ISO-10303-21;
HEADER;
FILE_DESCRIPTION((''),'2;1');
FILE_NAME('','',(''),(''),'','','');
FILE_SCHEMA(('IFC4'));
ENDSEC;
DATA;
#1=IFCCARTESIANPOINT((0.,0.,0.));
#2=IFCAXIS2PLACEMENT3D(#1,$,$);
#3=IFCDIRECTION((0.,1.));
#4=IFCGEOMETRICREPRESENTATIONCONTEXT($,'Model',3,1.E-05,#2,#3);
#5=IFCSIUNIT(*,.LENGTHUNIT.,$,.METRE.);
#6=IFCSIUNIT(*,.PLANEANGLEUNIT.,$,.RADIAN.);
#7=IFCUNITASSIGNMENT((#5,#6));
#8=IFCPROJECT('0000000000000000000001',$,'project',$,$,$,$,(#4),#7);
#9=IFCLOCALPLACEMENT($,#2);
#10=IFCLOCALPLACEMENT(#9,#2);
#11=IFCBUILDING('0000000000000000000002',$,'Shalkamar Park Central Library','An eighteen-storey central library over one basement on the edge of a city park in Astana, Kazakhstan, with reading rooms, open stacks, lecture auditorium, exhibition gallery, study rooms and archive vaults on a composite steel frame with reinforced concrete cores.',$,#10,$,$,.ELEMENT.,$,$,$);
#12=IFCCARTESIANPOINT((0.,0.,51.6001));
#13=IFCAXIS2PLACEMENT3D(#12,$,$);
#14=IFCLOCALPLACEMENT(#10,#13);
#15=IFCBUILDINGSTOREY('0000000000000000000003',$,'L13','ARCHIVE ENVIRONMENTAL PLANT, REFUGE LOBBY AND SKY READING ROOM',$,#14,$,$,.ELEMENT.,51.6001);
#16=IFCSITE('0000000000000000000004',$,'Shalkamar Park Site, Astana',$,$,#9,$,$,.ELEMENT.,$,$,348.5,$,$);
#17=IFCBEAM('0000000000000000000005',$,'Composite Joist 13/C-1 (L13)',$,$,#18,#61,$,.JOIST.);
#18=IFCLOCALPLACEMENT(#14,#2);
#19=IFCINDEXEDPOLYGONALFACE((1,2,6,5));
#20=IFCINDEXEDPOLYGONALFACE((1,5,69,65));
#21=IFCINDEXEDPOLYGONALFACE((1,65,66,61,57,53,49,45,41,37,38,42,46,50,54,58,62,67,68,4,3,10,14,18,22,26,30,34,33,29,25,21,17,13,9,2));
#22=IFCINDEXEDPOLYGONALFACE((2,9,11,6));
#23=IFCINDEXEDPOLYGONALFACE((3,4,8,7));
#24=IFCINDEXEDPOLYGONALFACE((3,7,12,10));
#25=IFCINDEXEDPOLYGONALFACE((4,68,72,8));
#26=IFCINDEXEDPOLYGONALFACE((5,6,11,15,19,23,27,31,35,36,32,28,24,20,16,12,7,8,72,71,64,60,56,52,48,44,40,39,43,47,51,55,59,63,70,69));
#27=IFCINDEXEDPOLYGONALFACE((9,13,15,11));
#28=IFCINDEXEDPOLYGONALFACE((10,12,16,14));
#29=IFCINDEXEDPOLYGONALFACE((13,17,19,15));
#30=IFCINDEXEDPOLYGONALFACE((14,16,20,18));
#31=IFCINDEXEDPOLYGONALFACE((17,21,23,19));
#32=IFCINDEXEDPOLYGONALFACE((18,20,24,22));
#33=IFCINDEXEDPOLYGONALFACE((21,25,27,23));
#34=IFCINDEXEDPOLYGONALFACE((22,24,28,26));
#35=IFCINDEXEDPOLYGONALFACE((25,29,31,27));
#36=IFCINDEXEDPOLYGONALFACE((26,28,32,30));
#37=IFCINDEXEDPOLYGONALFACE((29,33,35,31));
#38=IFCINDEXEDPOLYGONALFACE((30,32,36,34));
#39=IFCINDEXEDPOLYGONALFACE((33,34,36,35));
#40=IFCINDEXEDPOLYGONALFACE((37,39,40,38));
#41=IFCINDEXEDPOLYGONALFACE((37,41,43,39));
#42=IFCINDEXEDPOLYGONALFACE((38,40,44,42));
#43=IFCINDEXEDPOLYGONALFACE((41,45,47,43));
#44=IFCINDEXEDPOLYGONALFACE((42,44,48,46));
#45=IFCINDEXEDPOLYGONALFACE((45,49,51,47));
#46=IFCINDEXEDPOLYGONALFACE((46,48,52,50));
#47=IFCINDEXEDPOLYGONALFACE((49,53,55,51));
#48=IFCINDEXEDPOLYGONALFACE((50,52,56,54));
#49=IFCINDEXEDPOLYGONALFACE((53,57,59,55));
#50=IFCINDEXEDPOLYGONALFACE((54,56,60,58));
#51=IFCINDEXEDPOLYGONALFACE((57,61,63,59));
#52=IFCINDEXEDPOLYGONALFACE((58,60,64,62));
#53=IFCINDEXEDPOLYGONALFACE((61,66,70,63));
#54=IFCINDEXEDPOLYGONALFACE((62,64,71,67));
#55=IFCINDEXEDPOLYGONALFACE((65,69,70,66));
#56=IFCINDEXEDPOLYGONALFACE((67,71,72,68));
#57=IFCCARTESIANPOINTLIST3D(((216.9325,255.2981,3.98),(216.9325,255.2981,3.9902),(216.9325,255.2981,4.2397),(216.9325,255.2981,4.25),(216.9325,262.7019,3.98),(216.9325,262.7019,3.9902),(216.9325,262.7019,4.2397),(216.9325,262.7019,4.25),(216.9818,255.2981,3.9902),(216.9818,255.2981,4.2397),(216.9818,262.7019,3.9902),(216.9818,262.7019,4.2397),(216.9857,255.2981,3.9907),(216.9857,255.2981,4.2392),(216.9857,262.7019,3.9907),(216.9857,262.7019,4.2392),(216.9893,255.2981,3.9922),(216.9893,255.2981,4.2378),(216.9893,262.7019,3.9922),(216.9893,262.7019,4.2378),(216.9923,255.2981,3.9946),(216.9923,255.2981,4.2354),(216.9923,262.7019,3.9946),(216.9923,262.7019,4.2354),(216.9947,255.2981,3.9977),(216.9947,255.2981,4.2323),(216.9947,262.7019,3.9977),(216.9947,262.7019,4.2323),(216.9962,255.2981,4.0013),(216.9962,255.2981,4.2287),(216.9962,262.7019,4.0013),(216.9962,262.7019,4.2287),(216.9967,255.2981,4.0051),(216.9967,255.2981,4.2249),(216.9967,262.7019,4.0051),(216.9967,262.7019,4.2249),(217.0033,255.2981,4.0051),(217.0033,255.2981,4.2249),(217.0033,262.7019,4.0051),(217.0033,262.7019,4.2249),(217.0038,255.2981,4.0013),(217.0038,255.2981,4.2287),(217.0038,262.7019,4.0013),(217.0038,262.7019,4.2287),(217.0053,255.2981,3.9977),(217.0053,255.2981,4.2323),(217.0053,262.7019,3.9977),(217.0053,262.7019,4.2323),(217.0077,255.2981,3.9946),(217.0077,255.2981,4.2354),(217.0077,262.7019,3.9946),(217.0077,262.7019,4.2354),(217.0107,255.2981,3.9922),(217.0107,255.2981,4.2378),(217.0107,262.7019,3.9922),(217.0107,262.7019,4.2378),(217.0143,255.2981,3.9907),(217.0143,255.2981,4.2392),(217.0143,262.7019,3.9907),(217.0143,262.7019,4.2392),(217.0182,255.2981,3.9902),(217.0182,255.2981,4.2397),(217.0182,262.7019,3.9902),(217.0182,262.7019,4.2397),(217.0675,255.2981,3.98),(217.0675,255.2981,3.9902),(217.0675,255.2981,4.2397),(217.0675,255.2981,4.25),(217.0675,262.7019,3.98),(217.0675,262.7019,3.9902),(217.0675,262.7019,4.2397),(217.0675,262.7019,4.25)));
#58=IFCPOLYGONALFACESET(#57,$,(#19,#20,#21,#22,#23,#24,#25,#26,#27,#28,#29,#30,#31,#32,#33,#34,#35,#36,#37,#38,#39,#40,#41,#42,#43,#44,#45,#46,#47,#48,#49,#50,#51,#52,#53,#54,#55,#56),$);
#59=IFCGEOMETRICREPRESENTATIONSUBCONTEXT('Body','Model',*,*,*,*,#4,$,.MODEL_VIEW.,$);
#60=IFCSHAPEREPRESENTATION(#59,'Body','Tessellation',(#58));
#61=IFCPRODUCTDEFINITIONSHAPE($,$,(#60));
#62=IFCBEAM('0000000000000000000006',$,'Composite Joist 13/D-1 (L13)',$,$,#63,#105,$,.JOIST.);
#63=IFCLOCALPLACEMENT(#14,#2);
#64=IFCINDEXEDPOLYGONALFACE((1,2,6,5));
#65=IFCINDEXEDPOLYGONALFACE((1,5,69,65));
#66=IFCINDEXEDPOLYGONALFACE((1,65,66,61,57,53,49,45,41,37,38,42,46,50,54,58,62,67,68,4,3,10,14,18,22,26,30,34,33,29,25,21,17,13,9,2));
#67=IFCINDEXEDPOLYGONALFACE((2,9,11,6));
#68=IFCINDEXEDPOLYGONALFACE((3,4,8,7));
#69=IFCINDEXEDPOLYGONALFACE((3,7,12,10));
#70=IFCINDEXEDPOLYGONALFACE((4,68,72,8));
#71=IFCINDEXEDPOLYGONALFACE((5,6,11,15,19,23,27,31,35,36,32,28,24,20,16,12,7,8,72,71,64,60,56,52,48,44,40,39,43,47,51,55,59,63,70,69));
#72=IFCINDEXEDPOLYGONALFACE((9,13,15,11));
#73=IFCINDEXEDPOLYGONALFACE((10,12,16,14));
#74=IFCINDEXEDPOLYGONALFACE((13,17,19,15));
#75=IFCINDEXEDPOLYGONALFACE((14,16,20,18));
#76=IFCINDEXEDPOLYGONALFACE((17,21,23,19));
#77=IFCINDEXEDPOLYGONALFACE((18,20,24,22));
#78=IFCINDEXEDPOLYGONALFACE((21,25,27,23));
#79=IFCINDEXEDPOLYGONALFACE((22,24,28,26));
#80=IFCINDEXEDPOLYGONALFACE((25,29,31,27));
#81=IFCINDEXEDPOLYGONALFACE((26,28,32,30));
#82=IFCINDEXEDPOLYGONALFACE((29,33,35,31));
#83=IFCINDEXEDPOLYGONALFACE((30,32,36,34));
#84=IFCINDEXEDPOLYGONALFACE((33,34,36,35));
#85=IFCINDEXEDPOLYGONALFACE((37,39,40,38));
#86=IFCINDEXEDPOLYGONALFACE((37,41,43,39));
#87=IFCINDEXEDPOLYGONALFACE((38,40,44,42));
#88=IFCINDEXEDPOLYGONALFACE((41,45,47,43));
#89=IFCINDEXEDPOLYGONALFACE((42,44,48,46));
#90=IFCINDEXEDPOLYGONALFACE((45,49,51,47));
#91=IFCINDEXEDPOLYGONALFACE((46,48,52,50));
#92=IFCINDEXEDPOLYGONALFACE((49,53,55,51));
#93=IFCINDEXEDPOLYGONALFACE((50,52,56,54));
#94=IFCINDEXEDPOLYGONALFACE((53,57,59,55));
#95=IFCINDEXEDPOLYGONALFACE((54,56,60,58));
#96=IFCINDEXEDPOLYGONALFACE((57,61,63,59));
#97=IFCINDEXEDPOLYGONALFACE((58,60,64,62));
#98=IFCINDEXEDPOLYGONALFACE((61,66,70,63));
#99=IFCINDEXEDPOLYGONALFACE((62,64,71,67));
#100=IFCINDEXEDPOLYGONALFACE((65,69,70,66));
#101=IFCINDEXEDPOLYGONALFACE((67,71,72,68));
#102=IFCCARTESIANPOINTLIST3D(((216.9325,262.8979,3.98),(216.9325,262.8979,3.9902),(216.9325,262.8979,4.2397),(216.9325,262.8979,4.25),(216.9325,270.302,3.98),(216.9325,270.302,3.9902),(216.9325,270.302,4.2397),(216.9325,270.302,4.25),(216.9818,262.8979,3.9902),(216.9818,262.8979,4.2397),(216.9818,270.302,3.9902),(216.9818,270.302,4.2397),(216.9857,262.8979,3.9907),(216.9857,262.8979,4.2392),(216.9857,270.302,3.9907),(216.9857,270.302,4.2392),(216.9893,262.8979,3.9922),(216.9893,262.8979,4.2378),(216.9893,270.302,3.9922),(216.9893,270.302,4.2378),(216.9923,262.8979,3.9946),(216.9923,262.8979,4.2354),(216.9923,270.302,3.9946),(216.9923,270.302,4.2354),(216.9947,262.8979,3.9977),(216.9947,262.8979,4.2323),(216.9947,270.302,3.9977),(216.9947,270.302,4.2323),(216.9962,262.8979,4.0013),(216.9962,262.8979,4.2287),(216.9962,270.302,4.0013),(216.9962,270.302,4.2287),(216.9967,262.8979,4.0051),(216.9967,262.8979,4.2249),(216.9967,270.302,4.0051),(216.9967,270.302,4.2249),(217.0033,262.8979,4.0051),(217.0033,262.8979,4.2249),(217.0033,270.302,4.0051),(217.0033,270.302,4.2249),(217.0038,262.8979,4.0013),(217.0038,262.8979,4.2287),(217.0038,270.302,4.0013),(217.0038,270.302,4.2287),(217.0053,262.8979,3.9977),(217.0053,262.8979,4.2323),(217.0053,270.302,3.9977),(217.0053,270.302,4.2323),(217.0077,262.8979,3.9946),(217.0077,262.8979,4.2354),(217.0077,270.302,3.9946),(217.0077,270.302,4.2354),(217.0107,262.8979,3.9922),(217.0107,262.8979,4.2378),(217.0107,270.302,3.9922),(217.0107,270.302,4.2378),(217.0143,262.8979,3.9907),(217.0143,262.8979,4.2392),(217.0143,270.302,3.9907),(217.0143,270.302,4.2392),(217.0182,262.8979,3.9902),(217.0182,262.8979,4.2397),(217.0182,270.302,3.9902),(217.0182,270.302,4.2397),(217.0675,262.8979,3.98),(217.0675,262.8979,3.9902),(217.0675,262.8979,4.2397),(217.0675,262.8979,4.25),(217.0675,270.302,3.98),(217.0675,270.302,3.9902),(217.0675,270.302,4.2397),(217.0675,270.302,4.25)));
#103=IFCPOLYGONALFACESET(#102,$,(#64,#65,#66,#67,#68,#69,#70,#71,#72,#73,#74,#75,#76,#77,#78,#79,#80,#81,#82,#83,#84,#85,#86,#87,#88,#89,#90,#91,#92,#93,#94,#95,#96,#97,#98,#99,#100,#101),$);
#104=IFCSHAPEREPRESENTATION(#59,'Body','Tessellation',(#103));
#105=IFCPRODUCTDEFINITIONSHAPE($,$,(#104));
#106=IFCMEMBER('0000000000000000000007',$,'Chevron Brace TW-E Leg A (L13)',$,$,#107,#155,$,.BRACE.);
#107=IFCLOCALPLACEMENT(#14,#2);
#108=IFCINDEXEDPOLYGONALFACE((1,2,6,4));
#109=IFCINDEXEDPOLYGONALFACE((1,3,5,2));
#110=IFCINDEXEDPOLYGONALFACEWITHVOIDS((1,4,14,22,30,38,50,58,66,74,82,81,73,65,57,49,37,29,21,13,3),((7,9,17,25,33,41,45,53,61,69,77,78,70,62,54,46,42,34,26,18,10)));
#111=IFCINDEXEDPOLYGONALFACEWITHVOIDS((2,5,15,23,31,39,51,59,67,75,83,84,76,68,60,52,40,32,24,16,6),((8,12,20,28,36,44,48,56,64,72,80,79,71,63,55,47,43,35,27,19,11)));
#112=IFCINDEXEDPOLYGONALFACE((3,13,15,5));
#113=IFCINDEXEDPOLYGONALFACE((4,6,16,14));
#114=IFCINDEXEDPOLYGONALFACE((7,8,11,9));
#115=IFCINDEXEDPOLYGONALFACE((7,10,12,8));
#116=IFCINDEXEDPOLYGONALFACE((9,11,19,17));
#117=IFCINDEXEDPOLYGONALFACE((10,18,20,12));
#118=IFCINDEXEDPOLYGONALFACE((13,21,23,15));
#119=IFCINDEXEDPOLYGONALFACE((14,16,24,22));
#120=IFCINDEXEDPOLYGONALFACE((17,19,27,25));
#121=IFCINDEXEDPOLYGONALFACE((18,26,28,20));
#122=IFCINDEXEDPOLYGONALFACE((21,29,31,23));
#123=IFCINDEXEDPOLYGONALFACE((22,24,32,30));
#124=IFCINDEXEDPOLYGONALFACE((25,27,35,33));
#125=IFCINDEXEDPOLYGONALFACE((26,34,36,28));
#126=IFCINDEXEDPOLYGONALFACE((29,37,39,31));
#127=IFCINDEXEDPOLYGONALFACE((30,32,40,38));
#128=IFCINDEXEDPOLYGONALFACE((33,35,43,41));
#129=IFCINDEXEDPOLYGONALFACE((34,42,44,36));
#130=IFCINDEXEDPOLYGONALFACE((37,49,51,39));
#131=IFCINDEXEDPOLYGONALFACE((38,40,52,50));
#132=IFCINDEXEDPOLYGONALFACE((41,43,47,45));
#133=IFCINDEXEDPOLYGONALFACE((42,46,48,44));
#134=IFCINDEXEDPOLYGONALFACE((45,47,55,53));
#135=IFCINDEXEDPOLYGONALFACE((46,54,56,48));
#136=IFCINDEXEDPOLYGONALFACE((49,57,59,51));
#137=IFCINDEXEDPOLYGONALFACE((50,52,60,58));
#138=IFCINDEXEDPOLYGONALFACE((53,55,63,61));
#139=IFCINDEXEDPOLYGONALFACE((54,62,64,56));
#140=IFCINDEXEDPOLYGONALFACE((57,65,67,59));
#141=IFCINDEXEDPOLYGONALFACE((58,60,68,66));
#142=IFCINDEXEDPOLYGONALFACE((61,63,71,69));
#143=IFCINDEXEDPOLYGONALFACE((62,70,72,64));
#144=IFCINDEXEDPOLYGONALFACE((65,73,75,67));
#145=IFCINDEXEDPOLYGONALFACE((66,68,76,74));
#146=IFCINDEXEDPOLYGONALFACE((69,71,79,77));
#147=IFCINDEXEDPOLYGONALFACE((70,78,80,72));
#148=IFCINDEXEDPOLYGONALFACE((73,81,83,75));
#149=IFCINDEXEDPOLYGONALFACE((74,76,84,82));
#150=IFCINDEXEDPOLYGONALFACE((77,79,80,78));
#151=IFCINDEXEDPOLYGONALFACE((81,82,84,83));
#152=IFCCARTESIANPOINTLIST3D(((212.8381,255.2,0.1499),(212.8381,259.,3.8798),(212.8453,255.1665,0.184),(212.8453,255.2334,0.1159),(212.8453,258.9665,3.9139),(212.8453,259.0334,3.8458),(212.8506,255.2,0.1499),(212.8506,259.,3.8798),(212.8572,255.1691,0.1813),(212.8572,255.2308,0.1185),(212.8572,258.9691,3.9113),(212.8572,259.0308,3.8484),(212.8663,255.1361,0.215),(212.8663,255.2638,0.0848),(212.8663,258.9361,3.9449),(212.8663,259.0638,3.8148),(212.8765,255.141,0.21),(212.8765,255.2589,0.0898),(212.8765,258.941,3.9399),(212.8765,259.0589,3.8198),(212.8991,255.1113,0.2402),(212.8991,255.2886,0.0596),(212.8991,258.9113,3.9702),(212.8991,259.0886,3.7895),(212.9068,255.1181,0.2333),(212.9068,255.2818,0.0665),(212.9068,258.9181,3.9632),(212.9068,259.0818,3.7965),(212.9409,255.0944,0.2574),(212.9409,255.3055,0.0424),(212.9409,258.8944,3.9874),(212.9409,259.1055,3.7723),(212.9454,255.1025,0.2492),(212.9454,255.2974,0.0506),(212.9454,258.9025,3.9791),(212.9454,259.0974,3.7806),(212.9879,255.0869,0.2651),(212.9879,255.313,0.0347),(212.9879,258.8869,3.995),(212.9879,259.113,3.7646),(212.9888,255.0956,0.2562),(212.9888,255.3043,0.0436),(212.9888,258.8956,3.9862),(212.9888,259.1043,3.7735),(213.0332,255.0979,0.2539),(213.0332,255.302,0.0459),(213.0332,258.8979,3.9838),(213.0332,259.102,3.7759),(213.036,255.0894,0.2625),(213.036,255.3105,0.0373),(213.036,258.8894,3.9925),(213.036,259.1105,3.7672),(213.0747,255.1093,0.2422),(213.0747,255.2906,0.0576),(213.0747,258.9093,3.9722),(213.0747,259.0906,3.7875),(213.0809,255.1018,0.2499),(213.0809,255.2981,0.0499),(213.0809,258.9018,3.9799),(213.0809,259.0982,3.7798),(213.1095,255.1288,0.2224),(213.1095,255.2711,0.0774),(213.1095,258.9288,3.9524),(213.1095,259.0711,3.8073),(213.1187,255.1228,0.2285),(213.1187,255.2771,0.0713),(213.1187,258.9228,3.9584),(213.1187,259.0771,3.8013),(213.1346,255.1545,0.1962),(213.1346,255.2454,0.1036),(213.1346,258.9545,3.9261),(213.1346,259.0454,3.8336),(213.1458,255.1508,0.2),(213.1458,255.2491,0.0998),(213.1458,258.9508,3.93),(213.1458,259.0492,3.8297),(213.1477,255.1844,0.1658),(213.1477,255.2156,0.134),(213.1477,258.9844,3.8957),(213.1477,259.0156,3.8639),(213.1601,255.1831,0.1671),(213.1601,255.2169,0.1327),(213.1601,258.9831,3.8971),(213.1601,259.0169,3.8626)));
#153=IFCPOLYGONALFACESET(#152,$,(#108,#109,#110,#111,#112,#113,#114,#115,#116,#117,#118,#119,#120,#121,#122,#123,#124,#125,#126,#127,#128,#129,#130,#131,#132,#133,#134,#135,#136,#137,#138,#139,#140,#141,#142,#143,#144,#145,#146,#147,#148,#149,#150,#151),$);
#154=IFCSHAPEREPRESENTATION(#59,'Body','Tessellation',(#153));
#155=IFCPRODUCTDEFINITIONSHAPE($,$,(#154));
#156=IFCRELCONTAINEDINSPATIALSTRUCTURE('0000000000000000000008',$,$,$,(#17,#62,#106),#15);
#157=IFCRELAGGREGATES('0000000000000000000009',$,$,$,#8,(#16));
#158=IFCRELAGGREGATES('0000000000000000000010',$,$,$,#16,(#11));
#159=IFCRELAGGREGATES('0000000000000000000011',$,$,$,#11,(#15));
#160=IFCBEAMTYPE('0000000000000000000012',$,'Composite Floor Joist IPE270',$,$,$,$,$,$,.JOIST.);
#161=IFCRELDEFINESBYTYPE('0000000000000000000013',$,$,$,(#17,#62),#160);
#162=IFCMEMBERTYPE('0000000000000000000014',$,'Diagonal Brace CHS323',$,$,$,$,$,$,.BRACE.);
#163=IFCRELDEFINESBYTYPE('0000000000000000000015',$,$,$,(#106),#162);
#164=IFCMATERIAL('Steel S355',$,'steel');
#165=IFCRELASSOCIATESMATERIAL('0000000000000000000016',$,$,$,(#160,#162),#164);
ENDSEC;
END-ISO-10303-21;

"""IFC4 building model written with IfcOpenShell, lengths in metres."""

from ifc_helpers import new_model, si_unit, direction, frame, origin, origin_2d, place, context, subcontext, project, spatial, hollow_circle, i_section, extrude, material, material_profile, profile_set, type_object, element, save


model = new_model("IFC4")

# Units and contexts
model_context = context("Model", 3, precision=1e-05, world=origin(), true_north=direction((0.0, 1.0)))
body_context = subcontext(model_context, "Body", "Model", "MODEL_VIEW")
ifc_project = project(units=[si_unit("LENGTHUNIT", "METRE"), si_unit("PLANEANGLEUNIT", "RADIAN")], contexts=[model_context])

# Site, building, storey
site_placement = place(None, origin())
site = spatial("IfcSite", under=ifc_project, at=site_placement, Name="Shalkamar Park Site, Astana", CompositionType="ELEMENT", RefElevation=348.5)
building_placement = place(site_placement, origin())
building = spatial("IfcBuilding", under=site, at=building_placement, Name="Shalkamar Park Central Library", Description="An eighteen-storey central library over one basement on the edge of a city park in Astana, Kazakhstan, with reading rooms, open stacks, lecture auditorium, exhibition gallery, study rooms and archive vaults on a composite steel frame with reinforced concrete cores.", CompositionType="ELEMENT")
storey_placement = place(building_placement, frame((0.0, 0.0, 51.6001)))
storey = spatial("IfcBuildingStorey", under=building, at=storey_placement, Name="L13", Description="ARCHIVE ENVIRONMENTAL PLANT, REFUGE LOBBY AND SKY READING ROOM", CompositionType="ELEMENT", Elevation=51.6001)

# Shared definitions
ifc_material_1 = material(Name="Steel S355", Category="steel")

# Beams
ifc_material_profile_1 = material_profile(ifc_material_1, i_section(OverallWidth=0.135, OverallDepth=0.27, WebThickness=0.0066, FlangeThickness=0.0103, FilletRadius=0.0149, at=origin_2d()), Name="IPE 270")
ifc_profile_set_1 = profile_set([ifc_material_profile_1], Name="Steel S355")
beam_type_1 = type_object("IfcBeamType", Name="Composite Floor Joist IPE270", PredefinedType="JOIST", material=ifc_profile_set_1)
beam_1_placement = place(storey_placement, frame((217.0, 255.2981, 4.115), z_axis=(0.0, 1.0, 0.0), x_axis=(-1.0, 0.0, 0.0)))
element("IfcBeam", 1, at=beam_1_placement, inside=storey, type_object=beam_type_1, Name="Composite Joist 13/C-1 (L13)", PredefinedType="JOIST", context=body_context, shape_type="SweptSolid", body=[
    extrude(i_section(OverallWidth=0.135, OverallDepth=0.27, WebThickness=0.0066, FlangeThickness=0.0103, FilletRadius=0.0149, at=origin_2d()), origin(), (0.0, 0.0, 1.0), 7.4038),
])
beam_2_placement = place(storey_placement, frame((217.0, 262.8979, 4.115), z_axis=(0.0, 1.0, 0.0), x_axis=(-1.0, 0.0, 0.0)))
element("IfcBeam", 2, at=beam_2_placement, inside=storey, type_object=beam_type_1, Name="Composite Joist 13/D-1 (L13)", PredefinedType="JOIST", context=body_context, shape_type="SweptSolid", body=[
    extrude(i_section(OverallWidth=0.135, OverallDepth=0.27, WebThickness=0.0066, FlangeThickness=0.0103, FilletRadius=0.0149, at=origin_2d()), origin(), (0.0, 0.0, 1.0), 7.4041),
])

# Member
ifc_material_profile_2 = material_profile(ifc_material_1, hollow_circle(Radius=0.1619, WallThickness=0.0125, at=origin_2d()), Name="CHS 323.9x12.5")
ifc_profile_set_2 = profile_set([ifc_material_profile_2], Name="Steel S355")
member_type = type_object("IfcMemberType", Name="Diagonal Brace CHS323", PredefinedType="BRACE", material=ifc_profile_set_2)
for number, where, z_axis, x_axis, name in (
    (3, (213.0, 255.2, 0.1499), (0.0, 0.713656, 0.700497), (-1.0, 0.0, 0.0), "Chevron Brace TW-E Leg A (L13)"),
):
    element("IfcMember", number, at=place(storey_placement, frame(where, z_axis=z_axis, x_axis=x_axis)), inside=storey, type_object=member_type, Name=name, PredefinedType="BRACE", context=body_context, shape_type="SweptSolid", body=[
        extrude(hollow_circle(Radius=0.1619, WallThickness=0.0125, at=origin_2d()), origin(), (0.0, 0.0, 1.0), 5.3247),
    ])

save(model, "model.ifc")
